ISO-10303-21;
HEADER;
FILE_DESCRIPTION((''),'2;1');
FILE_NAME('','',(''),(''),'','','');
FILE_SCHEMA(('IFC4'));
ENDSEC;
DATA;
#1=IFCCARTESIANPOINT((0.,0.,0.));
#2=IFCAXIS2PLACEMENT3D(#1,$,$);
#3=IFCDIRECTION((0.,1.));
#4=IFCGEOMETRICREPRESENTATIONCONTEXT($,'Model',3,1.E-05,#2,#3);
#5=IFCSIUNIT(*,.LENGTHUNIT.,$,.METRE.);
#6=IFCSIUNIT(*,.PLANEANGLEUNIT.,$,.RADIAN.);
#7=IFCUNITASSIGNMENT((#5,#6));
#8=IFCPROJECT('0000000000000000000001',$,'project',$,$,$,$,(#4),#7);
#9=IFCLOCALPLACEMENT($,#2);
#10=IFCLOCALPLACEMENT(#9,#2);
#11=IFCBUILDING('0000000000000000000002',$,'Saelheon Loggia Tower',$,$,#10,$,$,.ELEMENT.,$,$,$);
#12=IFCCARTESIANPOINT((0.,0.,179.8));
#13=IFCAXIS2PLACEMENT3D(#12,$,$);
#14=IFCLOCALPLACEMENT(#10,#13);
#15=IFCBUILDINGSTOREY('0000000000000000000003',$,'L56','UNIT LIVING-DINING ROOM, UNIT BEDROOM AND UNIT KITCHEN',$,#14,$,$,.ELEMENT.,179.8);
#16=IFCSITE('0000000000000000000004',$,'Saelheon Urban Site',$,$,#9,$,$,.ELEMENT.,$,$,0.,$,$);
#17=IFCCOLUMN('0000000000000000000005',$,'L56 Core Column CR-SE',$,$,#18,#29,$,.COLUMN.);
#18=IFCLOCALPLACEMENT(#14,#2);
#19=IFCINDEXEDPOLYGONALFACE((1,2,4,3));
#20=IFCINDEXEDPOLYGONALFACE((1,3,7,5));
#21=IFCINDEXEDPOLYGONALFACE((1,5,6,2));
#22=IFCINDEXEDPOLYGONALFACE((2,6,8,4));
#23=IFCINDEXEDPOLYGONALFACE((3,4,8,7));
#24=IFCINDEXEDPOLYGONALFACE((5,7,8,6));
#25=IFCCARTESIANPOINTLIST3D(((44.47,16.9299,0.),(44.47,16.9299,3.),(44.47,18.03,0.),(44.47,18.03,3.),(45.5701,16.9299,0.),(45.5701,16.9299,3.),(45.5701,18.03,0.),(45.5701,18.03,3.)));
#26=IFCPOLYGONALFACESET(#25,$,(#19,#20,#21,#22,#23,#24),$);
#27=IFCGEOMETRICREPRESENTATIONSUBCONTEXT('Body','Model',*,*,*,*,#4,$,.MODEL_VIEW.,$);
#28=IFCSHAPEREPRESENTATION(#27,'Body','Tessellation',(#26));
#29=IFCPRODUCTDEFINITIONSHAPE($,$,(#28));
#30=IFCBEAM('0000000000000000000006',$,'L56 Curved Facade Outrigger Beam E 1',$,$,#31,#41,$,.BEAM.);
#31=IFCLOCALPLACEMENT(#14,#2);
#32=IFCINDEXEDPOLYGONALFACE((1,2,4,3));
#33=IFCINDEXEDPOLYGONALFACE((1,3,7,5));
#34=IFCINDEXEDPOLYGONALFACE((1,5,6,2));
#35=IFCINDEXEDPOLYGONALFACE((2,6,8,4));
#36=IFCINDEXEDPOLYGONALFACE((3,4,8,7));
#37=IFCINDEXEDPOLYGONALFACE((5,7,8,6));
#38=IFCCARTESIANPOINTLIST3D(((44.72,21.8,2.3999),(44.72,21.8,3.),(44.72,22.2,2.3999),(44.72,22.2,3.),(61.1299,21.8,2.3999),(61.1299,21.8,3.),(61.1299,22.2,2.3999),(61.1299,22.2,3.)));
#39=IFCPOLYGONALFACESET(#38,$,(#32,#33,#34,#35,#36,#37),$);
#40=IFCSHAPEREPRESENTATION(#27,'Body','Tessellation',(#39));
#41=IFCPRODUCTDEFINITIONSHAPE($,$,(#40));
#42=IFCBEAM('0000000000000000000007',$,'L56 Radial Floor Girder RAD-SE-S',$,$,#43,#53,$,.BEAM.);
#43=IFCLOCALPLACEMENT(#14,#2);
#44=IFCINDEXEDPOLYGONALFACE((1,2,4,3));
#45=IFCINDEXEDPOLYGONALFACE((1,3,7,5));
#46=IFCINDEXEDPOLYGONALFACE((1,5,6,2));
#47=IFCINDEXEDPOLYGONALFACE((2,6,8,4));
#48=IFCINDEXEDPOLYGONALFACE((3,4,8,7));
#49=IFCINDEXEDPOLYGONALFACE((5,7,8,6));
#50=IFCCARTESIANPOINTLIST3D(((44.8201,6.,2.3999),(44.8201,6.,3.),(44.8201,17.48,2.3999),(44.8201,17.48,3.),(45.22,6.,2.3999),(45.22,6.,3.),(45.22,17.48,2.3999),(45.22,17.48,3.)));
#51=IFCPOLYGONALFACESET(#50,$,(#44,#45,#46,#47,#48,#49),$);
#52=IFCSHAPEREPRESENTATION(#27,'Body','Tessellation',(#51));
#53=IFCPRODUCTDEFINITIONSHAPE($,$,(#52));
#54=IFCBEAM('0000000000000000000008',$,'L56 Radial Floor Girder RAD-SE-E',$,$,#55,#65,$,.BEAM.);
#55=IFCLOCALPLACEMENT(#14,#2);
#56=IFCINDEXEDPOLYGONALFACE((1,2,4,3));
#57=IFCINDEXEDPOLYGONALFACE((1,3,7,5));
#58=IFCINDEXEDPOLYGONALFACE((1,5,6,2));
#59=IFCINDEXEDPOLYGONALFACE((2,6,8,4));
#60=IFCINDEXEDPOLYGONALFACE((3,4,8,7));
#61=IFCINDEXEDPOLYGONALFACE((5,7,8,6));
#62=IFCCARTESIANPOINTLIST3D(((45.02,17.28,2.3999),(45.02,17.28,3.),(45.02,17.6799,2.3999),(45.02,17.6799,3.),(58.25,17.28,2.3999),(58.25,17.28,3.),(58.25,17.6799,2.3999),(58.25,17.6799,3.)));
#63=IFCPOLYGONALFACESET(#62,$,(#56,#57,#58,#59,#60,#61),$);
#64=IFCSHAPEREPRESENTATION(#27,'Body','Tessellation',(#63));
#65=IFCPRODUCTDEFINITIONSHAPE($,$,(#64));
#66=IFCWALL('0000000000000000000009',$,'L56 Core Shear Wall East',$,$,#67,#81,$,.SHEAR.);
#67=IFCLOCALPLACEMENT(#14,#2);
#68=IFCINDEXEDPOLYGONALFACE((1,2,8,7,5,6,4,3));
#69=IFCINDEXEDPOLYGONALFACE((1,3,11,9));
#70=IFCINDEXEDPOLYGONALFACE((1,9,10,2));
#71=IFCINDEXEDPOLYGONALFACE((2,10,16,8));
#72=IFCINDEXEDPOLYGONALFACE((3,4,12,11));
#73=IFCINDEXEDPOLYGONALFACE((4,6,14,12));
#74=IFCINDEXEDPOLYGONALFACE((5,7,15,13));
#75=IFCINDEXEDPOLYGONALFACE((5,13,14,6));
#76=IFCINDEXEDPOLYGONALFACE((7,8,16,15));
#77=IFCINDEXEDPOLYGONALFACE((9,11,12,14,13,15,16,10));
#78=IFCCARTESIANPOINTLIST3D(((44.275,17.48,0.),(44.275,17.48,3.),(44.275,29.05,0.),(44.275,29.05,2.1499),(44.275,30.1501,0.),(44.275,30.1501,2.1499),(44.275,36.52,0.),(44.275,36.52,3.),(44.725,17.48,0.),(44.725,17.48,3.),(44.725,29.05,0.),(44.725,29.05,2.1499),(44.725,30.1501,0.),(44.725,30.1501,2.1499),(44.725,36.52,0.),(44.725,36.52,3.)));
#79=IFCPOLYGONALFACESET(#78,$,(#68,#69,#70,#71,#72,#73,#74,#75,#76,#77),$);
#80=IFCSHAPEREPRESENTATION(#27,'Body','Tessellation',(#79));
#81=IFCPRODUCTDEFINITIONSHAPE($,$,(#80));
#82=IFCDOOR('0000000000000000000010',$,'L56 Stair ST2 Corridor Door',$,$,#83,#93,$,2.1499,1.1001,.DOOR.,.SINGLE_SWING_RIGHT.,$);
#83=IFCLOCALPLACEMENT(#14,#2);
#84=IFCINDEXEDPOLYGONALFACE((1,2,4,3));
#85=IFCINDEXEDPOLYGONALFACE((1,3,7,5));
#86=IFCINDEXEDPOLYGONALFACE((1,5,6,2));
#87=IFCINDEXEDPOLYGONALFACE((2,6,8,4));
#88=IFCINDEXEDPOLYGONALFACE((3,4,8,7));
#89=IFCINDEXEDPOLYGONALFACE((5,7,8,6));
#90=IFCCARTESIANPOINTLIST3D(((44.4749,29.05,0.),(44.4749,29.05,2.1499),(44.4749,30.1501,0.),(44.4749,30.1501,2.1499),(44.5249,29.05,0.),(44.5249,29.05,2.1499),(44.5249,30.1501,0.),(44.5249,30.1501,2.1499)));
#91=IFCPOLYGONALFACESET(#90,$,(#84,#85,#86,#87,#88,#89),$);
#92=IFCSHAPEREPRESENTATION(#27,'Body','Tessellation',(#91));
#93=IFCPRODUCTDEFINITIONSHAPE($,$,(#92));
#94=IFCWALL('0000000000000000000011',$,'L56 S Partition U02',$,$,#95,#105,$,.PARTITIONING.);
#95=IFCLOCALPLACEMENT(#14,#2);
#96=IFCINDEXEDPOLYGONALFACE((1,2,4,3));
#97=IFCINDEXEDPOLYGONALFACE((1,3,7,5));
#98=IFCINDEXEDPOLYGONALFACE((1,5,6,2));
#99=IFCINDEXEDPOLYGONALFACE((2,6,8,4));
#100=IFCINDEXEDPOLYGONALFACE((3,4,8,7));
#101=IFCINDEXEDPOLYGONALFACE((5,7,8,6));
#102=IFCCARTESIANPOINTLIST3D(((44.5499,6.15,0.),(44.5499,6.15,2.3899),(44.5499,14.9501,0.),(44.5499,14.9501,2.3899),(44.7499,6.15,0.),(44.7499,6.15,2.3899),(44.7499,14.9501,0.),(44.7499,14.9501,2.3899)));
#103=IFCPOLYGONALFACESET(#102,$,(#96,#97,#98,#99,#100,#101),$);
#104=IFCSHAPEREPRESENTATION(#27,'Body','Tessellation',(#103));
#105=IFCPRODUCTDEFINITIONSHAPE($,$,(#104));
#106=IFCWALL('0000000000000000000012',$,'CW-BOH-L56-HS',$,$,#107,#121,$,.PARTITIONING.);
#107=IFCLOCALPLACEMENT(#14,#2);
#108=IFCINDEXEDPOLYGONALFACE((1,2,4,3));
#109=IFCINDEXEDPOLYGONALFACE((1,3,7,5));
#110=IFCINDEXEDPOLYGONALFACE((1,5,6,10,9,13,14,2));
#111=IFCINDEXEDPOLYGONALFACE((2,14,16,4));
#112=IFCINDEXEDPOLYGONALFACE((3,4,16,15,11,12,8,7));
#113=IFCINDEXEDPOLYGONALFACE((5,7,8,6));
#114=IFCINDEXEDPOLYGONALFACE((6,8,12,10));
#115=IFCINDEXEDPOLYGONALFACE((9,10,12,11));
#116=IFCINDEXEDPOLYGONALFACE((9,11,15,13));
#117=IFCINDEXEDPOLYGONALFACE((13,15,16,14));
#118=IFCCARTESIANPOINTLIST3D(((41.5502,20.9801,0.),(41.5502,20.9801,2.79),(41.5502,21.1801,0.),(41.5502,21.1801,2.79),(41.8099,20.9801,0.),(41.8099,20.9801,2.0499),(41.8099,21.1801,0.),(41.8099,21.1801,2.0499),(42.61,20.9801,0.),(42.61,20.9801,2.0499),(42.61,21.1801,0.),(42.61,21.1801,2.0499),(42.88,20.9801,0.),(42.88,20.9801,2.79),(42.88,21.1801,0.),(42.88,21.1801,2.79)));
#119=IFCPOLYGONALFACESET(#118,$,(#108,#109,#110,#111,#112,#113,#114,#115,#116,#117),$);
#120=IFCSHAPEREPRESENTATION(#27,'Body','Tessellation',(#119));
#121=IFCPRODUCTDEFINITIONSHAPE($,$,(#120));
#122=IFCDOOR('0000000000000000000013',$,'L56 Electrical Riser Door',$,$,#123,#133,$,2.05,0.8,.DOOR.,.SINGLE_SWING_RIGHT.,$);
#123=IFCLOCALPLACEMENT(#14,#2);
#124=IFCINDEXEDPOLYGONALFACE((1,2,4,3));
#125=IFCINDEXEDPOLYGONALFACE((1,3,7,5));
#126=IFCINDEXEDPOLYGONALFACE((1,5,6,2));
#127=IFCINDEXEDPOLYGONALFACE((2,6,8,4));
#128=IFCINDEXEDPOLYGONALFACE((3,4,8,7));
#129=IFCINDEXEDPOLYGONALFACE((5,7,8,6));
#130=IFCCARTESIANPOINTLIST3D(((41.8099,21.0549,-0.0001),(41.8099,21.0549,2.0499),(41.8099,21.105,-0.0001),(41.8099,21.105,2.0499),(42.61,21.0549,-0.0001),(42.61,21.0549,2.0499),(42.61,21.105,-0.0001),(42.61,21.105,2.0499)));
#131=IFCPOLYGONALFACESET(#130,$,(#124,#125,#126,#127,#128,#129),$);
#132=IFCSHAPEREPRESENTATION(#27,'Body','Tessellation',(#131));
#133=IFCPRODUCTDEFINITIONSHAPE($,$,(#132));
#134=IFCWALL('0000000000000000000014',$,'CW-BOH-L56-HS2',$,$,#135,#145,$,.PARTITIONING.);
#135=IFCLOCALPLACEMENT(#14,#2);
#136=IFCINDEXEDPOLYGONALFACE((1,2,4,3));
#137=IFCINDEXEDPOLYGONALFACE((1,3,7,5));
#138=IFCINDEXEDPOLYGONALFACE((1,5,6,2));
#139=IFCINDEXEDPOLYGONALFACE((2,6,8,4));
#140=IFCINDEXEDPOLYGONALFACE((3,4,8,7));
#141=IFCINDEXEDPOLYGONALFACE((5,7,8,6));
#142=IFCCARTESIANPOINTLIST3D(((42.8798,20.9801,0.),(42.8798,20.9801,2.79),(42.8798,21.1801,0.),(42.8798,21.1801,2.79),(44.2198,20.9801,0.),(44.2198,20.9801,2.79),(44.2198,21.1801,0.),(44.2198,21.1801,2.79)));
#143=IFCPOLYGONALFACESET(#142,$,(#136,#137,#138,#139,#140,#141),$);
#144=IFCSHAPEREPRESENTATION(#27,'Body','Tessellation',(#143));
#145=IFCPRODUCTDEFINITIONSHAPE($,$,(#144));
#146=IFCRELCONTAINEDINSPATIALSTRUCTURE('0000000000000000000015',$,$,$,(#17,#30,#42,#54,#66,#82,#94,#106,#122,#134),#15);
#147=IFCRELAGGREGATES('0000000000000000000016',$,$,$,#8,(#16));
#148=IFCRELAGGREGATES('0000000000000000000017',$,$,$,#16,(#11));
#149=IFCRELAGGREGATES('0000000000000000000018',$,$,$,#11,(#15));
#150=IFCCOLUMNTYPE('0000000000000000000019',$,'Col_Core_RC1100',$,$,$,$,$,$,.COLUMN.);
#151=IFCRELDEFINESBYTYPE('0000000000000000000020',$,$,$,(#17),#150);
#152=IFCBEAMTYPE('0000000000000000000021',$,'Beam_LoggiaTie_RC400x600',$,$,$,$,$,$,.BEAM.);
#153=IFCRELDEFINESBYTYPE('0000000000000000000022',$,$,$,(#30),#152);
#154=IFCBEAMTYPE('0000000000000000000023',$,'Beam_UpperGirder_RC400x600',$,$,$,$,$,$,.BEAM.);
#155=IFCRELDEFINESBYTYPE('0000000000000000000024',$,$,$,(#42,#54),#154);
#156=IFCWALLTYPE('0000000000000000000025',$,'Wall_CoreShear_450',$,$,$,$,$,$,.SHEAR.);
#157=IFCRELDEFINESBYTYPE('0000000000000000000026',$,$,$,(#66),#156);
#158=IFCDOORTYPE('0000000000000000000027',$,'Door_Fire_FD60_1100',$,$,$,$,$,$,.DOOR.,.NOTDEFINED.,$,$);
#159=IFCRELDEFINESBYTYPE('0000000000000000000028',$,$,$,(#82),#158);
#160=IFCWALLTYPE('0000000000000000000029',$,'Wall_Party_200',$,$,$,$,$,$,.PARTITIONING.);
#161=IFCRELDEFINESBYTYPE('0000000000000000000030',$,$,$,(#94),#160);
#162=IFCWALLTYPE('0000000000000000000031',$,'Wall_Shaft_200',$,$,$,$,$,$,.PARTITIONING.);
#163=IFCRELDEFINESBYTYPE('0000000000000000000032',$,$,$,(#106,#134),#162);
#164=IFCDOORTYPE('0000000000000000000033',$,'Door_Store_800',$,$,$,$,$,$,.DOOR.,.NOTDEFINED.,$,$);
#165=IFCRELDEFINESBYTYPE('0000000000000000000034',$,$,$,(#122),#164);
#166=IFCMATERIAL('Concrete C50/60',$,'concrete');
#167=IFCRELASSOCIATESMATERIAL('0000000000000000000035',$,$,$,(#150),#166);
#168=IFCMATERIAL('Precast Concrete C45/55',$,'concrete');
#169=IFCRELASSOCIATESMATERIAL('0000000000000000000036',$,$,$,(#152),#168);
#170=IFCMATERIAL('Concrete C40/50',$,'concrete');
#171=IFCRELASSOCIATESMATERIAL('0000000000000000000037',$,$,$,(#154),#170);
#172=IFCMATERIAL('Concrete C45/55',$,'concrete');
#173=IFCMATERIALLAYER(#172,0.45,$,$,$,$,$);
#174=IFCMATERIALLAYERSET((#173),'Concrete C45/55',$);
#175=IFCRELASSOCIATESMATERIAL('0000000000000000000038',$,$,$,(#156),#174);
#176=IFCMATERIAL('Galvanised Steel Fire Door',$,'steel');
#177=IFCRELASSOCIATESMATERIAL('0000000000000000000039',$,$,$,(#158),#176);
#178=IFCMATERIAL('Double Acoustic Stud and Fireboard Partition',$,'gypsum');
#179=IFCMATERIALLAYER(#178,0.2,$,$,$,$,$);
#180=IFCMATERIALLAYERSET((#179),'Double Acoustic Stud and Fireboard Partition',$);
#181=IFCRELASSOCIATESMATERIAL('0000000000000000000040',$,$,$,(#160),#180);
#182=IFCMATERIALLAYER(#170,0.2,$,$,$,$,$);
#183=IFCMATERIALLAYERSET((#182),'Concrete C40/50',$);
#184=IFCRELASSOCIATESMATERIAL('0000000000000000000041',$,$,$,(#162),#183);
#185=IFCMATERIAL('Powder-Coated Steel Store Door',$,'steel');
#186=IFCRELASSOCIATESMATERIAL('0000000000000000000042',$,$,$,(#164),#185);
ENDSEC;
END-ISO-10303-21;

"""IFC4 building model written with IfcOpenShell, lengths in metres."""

from ifc_helpers import new_model, si_unit, direction, frame, frame_2d, origin, origin_2d, place, context, subcontext, project, spatial, rectangle, extrude, source, transform, mapped, material, layer, layer_set, material_profile, profile_set, type_object, element, fill, save


model = new_model("IFC4")

# Units and contexts
model_context = context("Model", 3, precision=1e-05, world=origin(), true_north=direction((0.0, 1.0)))
body_context = subcontext(model_context, "Body", "Model", "MODEL_VIEW")
ifc_project = project(units=[si_unit("LENGTHUNIT", "METRE"), si_unit("PLANEANGLEUNIT", "RADIAN")], contexts=[model_context])

# Site, building, storey
site_placement = place(None, origin())
site = spatial("IfcSite", under=ifc_project, at=site_placement, Name="Saelheon Urban Site", CompositionType="ELEMENT", RefElevation=0.0)
building_placement = place(site_placement, origin())
building = spatial("IfcBuilding", under=site, at=building_placement, Name="Saelheon Loggia Tower", CompositionType="ELEMENT")
storey_placement = place(building_placement, frame((0.0, 0.0, 179.8)))
storey = spatial("IfcBuildingStorey", under=building, at=storey_placement, Name="L56", Description="UNIT LIVING-DINING ROOM, UNIT BEDROOM AND UNIT KITCHEN", CompositionType="ELEMENT", Elevation=179.8)

# Column
ifc_material_1 = material(Name="Concrete C50/60", Category="concrete")
ifc_material_profile_1 = material_profile(ifc_material_1, rectangle(XDim=1.1001, YDim=1.1001, at=origin_2d()), Name="RC-1100x1100")
ifc_profile_set_1 = profile_set([ifc_material_profile_1], Name="Concrete C50/60")
column_type = type_object("IfcColumnType", Name="Col_Core_RC1100", PredefinedType="COLUMN", material=ifc_profile_set_1)
shared_shape_1 = source(origin(), body_context, "Body", "SweptSolid", [
    extrude(rectangle(XDim=1.1001, YDim=1.1001, at=origin_2d()), origin(), (0.0, 0.0, 1.0), 3.0),
])
column_placement = place(storey_placement, frame((45.02, 17.48, 0.0), z_axis=(0.0, 0.0, 1.0), x_axis=(1.0, 0.0, 0.0)))
element("IfcColumn", 1, at=column_placement, inside=storey, type_object=column_type, Name="L56 Core Column CR-SE", PredefinedType="COLUMN", context=body_context, shape_type="MappedRepresentation", body=[
    mapped(shared_shape_1, transform((0.0, 0.0, 0.0), scale=1.0)),
])

# Beams
ifc_material_2 = material(Name="Precast Concrete C45/55", Category="concrete")
ifc_material_profile_2 = material_profile(ifc_material_2, rectangle(XDim=0.3999, YDim=0.6001, at=origin_2d()), Name="RC-400x600")
ifc_profile_set_2 = profile_set([ifc_material_profile_2], Name="Precast Concrete C45/55")
beam_type_1 = type_object("IfcBeamType", Name="Beam_LoggiaTie_RC400x600", PredefinedType="BEAM", material=ifc_profile_set_2)
shared_shape_2 = source(origin(), body_context, "Body", "SweptSolid", [
    extrude(rectangle(XDim=0.3999, YDim=0.6001, at=origin_2d()), origin(), (0.0, 0.0, 1.0), 16.4099),
])
beam_1_placement = place(storey_placement, frame((44.72, 22.0, 2.7), z_axis=(1.0, 0.0, 0.0), x_axis=(0.0, 1.0, 0.0)))
element("IfcBeam", 2, at=beam_1_placement, inside=storey, type_object=beam_type_1, Name="L56 Curved Facade Outrigger Beam E 1", PredefinedType="BEAM", context=body_context, shape_type="MappedRepresentation", body=[
    mapped(shared_shape_2, transform((0.0, 0.0, 0.0), scale=1.0)),
])
ifc_material_3 = material(Name="Concrete C40/50", Category="concrete")
ifc_material_profile_3 = material_profile(ifc_material_3, rectangle(XDim=0.3999, YDim=0.6001, at=origin_2d()), Name="RC-400x600")
ifc_profile_set_3 = profile_set([ifc_material_profile_3], Name="Concrete C40/50")
beam_type_2 = type_object("IfcBeamType", Name="Beam_UpperGirder_RC400x600", PredefinedType="BEAM", material=ifc_profile_set_3)
shared_shape_3 = source(origin(), body_context, "Body", "SweptSolid", [
    extrude(rectangle(XDim=0.3999, YDim=0.6001, at=origin_2d()), origin(), (0.0, 0.0, 1.0), 11.48),
])
beam_2_placement = place(storey_placement, frame((45.02, 17.48, 2.7), z_axis=(0.0, -1.0, 0.0), x_axis=(1.0, 0.0, 0.0)))
element("IfcBeam", 3, at=beam_2_placement, inside=storey, type_object=beam_type_2, Name="L56 Radial Floor Girder RAD-SE-S", PredefinedType="BEAM", context=body_context, shape_type="MappedRepresentation", body=[
    mapped(shared_shape_3, transform((0.0, 0.0, 0.0), scale=1.0)),
])
shared_shape_4 = source(origin(), body_context, "Body", "SweptSolid", [
    extrude(rectangle(XDim=0.3999, YDim=0.6001, at=origin_2d()), origin(), (0.0, 0.0, 1.0), 13.23),
])
beam_3_placement = place(storey_placement, frame((45.02, 17.48, 2.7), z_axis=(1.0, 0.0, 0.0), x_axis=(0.0, 1.0, 0.0)))
element("IfcBeam", 4, at=beam_3_placement, inside=storey, type_object=beam_type_2, Name="L56 Radial Floor Girder RAD-SE-E", PredefinedType="BEAM", context=body_context, shape_type="MappedRepresentation", body=[
    mapped(shared_shape_4, transform((0.0, 0.0, 0.0), scale=1.0)),
])

# Wall, opening, door
ifc_material_4 = material(Name="Concrete C45/55", Category="concrete")
ifc_layer_1 = layer(ifc_material_4, 0.45)
ifc_layer_set_1 = layer_set([ifc_layer_1], Name="Concrete C45/55")
wall_type_1 = type_object("IfcWallType", Name="Wall_CoreShear_450", PredefinedType="SHEAR", material=ifc_layer_set_1)
wall_1_placement = place(storey_placement, frame((44.5, 17.48, 0.0), z_axis=(0.0, 0.0, 1.0), x_axis=(0.0, 1.0, 0.0)))
wall_1 = element("IfcWall", 5, at=wall_1_placement, inside=storey, type_object=wall_type_1, Name="L56 Core Shear Wall East", PredefinedType="SHEAR", context=body_context, shape_type="SweptSolid", body=[
    extrude(rectangle(XDim=19.04, YDim=0.45, at=frame_2d((9.52, 0.0))), origin(), (0.0, 0.0, 1.0), 3.0),
])
opening_1_placement = place(wall_1_placement, frame((12.6702, 0.0, 0.0), z_axis=(0.0, 0.0, 1.0), x_axis=(-1.0, 0.0, 0.0)))
opening_1 = element("IfcOpeningElement", 6, at=opening_1_placement, cuts=wall_1, PredefinedType="OPENING", context=body_context, shape_type="SweptSolid", body=[
    extrude(rectangle(XDim=1.1001, YDim=2.1499, at=frame_2d((0.55, 1.075))), frame((0.0, 0.2371, 0.0), z_axis=(0.0, -1.0, 0.0), x_axis=(1.0, 0.0, 0.0)), (0.0, 0.0, 1.0), 0.4739),
])
ifc_material_5 = material(Name="Galvanised Steel Fire Door", Category="steel")
door_type_1 = type_object("IfcDoorType", Name="Door_Fire_FD60_1100", OperationType="NOTDEFINED", PredefinedType="DOOR", material=ifc_material_5)
shared_shape_5 = source(origin(), body_context, "Body", "SweptSolid", [
    extrude(rectangle(XDim=1.1001, YDim=2.1499, at=frame_2d((0.55, 1.075))), frame((0.0, 0.0249, 0.0), z_axis=(0.0, -1.0, 0.0), x_axis=(1.0, 0.0, 0.0)), (0.0, 0.0, 1.0), 0.05),
])
door_1_placement = place(opening_1_placement, origin())
door_1 = element("IfcDoor", 7, at=door_1_placement, inside=storey, type_object=door_type_1, Name="L56 Stair ST2 Corridor Door", OperationType="SINGLE_SWING_RIGHT", OverallHeight=2.1499, OverallWidth=1.1001, PredefinedType="DOOR", context=body_context, shape_type="MappedRepresentation", body=[
    mapped(shared_shape_5, transform((0.0, 0.0, 0.0), scale=1.0)),
])
fill(opening_1, door_1)

# Wall
ifc_material_6 = material(Name="Double Acoustic Stud and Fireboard Partition", Category="gypsum")
ifc_layer_2 = layer(ifc_material_6, 0.2)
ifc_layer_set_2 = layer_set([ifc_layer_2], Name="Double Acoustic Stud and Fireboard Partition")
wall_type_2 = type_object("IfcWallType", Name="Wall_Party_200", PredefinedType="PARTITIONING", material=ifc_layer_set_2)
wall_2_placement = place(storey_placement, frame((44.6499, 14.95, 0.0), z_axis=(0.0, 0.0, 1.0), x_axis=(0.0, -1.0, 0.0)))
element("IfcWall", 8, at=wall_2_placement, inside=storey, type_object=wall_type_2, Name="L56 S Partition U02", PredefinedType="PARTITIONING", context=body_context, shape_type="SweptSolid", body=[
    extrude(rectangle(XDim=8.8, YDim=0.2, at=frame_2d((4.3999, 0.0))), origin(), (0.0, 0.0, 1.0), 2.3899),
])

# Wall, opening, door
ifc_layer_3 = layer(ifc_material_3, 0.2)
ifc_layer_set_3 = layer_set([ifc_layer_3], Name="Concrete C40/50")
wall_type_3 = type_object("IfcWallType", Name="Wall_Shaft_200", PredefinedType="PARTITIONING", material=ifc_layer_set_3)
wall_3_placement = place(storey_placement, frame((41.55, 21.0801, 0.0), z_axis=(0.0, 0.0, 1.0), x_axis=(1.0, 0.0, 0.0)))
wall_3 = element("IfcWall", 9, at=wall_3_placement, inside=storey, type_object=wall_type_3, Name="CW-BOH-L56-HS", PredefinedType="PARTITIONING", context=body_context, shape_type="SweptSolid", body=[
    extrude(rectangle(XDim=1.3298, YDim=0.2, at=frame_2d((0.665, 0.0))), origin(), (0.0, 0.0, 1.0), 2.79),
])
opening_2_placement = place(wall_3_placement, frame((0.26, 0.0, 0.0)))
opening_2 = element("IfcOpeningElement", 10, at=opening_2_placement, cuts=wall_3, PredefinedType="OPENING", context=body_context, shape_type="SweptSolid", body=[
    extrude(rectangle(XDim=0.8, YDim=2.05, at=frame_2d((0.3999, 1.0249))), frame((0.0, 0.1121, 0.0), z_axis=(0.0, -1.0, 0.0), x_axis=(1.0, 0.0, 0.0)), (0.0, 0.0, 1.0), 0.2239),
])
ifc_material_7 = material(Name="Powder-Coated Steel Store Door", Category="steel")
door_type_2 = type_object("IfcDoorType", Name="Door_Store_800", OperationType="NOTDEFINED", PredefinedType="DOOR", material=ifc_material_7)
shared_shape_6 = source(origin(), body_context, "Body", "SweptSolid", [
    extrude(rectangle(XDim=0.8, YDim=2.05, at=frame_2d((0.3999, 1.0249))), frame((0.0, 0.0249, 0.0), z_axis=(0.0, -1.0, 0.0), x_axis=(1.0, 0.0, 0.0)), (0.0, 0.0, 1.0), 0.05),
])
door_2_placement = place(opening_2_placement, origin())
door_2 = element("IfcDoor", 11, at=door_2_placement, inside=storey, type_object=door_type_2, Name="L56 Electrical Riser Door", OperationType="SINGLE_SWING_RIGHT", OverallHeight=2.05, OverallWidth=0.8, PredefinedType="DOOR", context=body_context, shape_type="MappedRepresentation", body=[
    mapped(shared_shape_6, transform((0.0, 0.0, 0.0), scale=1.0)),
])
fill(opening_2, door_2)

# Wall
wall_4_placement = place(storey_placement, frame((42.8799, 21.0801, 0.0), z_axis=(0.0, 0.0, 1.0), x_axis=(1.0, 0.0, 0.0)))
element("IfcWall", 12, at=wall_4_placement, inside=storey, type_object=wall_type_3, Name="CW-BOH-L56-HS2", PredefinedType="PARTITIONING", context=body_context, shape_type="SweptSolid", body=[
    extrude(rectangle(XDim=1.3401, YDim=0.2, at=frame_2d((0.6699, 0.0))), origin(), (0.0, 0.0, 1.0), 2.79),
])

save(model, "model.ifc")
